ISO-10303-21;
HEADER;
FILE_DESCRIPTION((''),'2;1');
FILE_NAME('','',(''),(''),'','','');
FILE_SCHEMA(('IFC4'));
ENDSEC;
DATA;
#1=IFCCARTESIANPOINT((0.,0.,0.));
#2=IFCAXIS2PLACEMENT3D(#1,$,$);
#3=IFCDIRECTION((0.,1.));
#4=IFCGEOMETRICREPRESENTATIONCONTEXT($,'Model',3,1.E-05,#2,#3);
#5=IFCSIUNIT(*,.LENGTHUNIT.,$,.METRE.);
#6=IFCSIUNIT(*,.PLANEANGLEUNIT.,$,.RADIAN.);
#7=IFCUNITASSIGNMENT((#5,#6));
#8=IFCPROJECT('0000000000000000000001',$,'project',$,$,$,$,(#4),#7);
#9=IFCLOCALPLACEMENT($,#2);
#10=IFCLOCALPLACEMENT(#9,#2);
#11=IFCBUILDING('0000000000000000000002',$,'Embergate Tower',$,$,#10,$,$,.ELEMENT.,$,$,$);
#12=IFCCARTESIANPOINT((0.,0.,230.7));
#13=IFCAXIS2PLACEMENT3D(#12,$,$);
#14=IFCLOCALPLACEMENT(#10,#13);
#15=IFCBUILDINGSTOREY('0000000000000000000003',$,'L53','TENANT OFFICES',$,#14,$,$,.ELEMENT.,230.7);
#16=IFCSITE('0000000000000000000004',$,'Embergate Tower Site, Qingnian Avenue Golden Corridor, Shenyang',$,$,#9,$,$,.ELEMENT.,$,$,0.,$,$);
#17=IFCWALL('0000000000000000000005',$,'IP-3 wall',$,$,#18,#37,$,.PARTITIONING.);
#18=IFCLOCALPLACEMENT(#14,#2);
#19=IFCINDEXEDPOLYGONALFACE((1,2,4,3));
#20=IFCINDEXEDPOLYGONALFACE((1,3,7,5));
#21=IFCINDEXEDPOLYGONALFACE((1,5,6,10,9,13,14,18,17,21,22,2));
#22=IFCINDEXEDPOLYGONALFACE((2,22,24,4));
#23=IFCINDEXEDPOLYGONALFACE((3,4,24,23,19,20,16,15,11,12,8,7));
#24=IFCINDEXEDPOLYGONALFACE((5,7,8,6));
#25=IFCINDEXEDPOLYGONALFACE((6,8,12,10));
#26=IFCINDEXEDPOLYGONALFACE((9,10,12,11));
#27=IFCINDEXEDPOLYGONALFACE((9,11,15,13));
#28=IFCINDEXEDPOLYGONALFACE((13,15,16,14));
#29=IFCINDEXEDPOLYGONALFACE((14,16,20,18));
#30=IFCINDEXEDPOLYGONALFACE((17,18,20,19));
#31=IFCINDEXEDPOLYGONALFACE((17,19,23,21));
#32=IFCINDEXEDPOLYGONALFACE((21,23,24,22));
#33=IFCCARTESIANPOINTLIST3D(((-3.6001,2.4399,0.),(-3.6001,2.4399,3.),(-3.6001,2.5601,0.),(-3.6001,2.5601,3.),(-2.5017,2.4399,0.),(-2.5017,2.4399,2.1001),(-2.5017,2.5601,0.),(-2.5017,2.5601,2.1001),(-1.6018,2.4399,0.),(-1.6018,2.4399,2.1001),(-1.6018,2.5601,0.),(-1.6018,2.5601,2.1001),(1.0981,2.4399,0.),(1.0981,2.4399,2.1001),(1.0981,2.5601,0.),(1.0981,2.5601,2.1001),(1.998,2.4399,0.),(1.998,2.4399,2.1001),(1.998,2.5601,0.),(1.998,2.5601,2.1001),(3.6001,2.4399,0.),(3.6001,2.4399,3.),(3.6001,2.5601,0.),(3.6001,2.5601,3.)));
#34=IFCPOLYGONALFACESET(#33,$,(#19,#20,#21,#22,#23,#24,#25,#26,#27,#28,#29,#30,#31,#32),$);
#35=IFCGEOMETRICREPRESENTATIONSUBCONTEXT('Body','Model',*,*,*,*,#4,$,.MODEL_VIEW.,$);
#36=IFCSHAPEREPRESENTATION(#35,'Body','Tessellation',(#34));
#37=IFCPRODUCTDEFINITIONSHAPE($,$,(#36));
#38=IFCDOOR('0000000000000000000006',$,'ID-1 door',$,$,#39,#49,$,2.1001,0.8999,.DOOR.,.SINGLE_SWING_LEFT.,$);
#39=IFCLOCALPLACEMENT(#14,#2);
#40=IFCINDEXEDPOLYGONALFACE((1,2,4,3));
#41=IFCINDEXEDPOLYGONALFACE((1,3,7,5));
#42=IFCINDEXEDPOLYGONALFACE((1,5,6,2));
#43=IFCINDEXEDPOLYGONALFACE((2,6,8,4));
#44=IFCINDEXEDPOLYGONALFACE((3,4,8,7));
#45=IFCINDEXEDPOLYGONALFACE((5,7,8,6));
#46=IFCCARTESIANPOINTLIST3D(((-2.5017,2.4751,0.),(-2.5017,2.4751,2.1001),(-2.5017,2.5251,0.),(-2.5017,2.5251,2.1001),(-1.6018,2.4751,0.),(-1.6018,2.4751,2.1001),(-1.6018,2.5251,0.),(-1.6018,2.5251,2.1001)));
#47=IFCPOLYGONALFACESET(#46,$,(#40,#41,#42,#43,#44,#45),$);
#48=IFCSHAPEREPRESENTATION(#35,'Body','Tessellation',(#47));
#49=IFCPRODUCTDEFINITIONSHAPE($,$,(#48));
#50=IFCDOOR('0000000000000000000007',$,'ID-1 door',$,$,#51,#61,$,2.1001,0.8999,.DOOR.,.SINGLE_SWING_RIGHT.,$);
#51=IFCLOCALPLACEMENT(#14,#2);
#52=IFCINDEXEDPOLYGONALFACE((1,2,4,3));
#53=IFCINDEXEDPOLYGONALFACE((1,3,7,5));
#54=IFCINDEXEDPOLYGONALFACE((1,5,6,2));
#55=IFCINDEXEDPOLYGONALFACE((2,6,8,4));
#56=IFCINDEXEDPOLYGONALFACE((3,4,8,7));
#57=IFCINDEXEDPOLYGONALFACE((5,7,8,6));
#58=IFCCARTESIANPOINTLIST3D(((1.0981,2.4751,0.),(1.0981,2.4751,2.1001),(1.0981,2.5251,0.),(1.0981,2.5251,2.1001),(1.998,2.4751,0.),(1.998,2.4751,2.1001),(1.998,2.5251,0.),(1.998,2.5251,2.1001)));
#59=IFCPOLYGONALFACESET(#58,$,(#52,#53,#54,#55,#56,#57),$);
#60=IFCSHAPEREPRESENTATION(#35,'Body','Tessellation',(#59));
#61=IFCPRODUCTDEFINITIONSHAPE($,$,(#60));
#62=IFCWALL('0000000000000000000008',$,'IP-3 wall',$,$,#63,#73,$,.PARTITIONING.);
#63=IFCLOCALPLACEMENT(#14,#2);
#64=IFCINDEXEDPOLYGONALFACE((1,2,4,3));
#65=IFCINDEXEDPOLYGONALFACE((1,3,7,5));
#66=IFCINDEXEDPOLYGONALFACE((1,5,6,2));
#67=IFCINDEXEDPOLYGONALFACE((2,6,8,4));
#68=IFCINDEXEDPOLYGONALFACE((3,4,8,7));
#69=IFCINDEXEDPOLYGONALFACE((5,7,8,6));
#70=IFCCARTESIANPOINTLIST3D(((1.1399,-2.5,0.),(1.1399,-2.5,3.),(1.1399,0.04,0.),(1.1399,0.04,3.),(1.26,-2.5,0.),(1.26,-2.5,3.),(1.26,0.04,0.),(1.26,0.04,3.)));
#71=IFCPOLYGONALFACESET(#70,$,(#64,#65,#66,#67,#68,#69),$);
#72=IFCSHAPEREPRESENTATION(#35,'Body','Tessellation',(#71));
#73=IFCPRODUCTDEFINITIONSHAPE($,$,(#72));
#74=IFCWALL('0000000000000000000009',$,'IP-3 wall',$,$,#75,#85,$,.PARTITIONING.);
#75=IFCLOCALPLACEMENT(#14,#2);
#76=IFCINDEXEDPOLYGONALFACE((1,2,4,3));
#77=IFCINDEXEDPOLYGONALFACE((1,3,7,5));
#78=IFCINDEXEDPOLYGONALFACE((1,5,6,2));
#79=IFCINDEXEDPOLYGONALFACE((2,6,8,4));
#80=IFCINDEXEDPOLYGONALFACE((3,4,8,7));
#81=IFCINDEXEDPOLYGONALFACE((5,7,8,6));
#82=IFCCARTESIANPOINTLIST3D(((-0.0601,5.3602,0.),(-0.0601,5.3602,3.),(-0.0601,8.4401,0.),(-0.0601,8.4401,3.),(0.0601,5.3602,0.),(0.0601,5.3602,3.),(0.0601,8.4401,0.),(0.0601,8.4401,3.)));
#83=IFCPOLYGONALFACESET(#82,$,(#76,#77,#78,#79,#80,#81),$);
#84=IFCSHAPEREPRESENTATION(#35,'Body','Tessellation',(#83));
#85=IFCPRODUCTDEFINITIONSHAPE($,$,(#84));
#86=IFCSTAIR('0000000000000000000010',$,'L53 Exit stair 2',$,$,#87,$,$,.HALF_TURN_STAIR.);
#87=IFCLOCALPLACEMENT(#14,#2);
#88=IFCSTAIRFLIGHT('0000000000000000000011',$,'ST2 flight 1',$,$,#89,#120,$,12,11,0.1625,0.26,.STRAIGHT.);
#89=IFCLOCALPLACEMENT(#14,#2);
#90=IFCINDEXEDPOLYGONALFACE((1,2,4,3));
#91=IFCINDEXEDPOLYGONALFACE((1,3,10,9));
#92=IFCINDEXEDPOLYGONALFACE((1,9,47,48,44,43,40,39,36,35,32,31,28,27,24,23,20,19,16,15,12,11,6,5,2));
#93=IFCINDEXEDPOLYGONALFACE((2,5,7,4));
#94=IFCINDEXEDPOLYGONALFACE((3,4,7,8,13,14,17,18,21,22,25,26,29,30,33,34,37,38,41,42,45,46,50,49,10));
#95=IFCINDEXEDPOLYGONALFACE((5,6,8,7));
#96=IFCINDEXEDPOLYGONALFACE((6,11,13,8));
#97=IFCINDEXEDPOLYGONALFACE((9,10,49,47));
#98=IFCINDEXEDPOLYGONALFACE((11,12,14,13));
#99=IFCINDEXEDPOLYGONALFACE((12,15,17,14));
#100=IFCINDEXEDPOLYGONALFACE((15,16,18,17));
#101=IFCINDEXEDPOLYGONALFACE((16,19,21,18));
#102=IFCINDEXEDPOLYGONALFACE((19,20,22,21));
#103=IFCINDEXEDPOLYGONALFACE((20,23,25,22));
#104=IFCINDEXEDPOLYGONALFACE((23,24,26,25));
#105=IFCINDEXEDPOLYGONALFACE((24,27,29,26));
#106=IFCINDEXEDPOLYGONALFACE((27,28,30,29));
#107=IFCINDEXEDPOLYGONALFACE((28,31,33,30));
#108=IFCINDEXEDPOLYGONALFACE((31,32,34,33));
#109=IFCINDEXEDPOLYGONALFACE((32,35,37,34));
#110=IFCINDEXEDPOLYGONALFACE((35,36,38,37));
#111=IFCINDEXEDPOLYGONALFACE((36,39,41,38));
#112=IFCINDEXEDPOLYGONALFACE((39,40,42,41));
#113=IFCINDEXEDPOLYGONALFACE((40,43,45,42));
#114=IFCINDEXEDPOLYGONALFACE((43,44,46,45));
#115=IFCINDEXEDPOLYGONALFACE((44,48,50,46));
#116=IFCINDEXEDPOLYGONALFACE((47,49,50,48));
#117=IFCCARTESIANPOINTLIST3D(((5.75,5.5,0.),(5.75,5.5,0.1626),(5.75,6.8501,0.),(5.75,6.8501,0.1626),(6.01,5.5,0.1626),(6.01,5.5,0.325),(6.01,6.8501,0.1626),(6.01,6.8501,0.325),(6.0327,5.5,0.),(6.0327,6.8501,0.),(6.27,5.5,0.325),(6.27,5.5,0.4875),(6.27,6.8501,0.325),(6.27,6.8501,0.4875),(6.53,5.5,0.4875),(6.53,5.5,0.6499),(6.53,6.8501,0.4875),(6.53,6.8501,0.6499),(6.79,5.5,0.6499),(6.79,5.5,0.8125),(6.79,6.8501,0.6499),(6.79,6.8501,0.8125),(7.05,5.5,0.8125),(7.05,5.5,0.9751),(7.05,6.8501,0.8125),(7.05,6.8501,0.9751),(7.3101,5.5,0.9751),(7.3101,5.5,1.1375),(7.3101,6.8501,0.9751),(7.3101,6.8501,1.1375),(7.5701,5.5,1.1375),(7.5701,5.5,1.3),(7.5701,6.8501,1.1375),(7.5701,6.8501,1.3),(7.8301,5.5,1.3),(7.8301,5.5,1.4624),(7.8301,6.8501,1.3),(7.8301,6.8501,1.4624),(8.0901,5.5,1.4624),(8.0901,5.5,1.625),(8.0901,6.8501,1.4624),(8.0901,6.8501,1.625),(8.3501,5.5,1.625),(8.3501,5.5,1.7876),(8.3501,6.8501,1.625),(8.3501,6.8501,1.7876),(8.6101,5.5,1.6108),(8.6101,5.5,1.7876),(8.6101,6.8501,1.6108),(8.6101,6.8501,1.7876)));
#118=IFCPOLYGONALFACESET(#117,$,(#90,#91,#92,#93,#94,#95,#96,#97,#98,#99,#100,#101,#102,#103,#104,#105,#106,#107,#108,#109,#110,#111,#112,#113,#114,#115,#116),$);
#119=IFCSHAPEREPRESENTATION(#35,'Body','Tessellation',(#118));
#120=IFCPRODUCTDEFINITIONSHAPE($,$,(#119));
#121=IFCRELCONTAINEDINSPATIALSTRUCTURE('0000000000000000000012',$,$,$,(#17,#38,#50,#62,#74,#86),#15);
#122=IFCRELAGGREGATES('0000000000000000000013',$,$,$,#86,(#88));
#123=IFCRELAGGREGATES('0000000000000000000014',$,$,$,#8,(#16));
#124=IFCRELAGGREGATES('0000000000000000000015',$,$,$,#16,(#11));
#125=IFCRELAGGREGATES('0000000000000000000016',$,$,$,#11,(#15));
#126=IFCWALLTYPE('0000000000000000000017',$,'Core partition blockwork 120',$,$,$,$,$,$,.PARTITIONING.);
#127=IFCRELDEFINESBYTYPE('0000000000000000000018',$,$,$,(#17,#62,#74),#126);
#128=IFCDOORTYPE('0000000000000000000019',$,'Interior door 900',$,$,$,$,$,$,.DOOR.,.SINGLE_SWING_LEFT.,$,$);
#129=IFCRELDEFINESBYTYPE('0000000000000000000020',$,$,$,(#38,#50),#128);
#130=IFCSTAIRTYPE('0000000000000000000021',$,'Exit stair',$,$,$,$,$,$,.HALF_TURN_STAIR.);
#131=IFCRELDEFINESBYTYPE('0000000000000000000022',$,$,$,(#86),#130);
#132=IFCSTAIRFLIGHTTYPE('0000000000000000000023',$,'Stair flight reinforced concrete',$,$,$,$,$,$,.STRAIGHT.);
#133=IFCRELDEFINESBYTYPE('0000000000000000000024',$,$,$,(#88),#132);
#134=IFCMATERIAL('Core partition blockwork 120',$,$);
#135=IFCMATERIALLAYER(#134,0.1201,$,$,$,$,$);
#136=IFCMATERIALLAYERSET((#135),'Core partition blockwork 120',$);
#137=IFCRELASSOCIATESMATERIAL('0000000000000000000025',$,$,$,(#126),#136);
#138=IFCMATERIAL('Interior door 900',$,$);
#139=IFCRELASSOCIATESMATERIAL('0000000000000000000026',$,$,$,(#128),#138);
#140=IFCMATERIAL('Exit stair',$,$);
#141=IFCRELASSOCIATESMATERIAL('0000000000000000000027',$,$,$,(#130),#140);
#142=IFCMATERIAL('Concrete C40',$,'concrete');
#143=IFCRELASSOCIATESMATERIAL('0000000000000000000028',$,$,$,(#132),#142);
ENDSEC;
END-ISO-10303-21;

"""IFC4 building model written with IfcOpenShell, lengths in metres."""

from ifc_helpers import new_model, si_unit, direction, frame, frame_2d, origin, place, context, subcontext, project, spatial, polyline, rectangle, outline, extrude, source, transform, mapped, material, layer, layer_set, type_object, element, fill, aggregate, save


model = new_model("IFC4")

# Units and contexts
model_context = context("Model", 3, precision=1e-05, world=origin(), true_north=direction((0.0, 1.0)))
body_context = subcontext(model_context, "Body", "Model", "MODEL_VIEW")
ifc_project = project(units=[si_unit("LENGTHUNIT", "METRE"), si_unit("PLANEANGLEUNIT", "RADIAN")], contexts=[model_context])

# Site, building, storey
site_placement = place(None, origin())
site = spatial("IfcSite", under=ifc_project, at=site_placement, Name="Embergate Tower Site, Qingnian Avenue Golden Corridor, Shenyang", CompositionType="ELEMENT", RefElevation=0.0)
building_placement = place(site_placement, origin())
building = spatial("IfcBuilding", under=site, at=building_placement, Name="Embergate Tower", CompositionType="ELEMENT")
storey_placement = place(building_placement, frame((0.0, 0.0, 230.7)))
storey = spatial("IfcBuildingStorey", under=building, at=storey_placement, Name="L53", Description="TENANT OFFICES", CompositionType="ELEMENT", Elevation=230.7)

# Shared definitions
ifc_material_1 = material(Name="Core partition blockwork 120")
ifc_layer_1 = layer(ifc_material_1, 0.1201)
ifc_layer_set_1 = layer_set([ifc_layer_1], Name="Core partition blockwork 120")
wall_type_1 = type_object("IfcWallType", Name="Core partition blockwork 120", PredefinedType="PARTITIONING", material=ifc_layer_set_1)

# Wall, openings, doors
shared_shape_1 = source(origin(), body_context, "Body", "SweptSolid", [
    extrude(rectangle(XDim=7.2002, YDim=0.1201, at=frame_2d((3.6001, 0.0))), origin(), (0.0, 0.0, 1.0), 3.0),
])
wall_1_placement = place(storey_placement, frame((3.6001, 2.5, 0.0), z_axis=(0.0, 0.0, 1.0), x_axis=(-1.0, 0.0, 0.0)))
wall_1 = element("IfcWall", 1, at=wall_1_placement, inside=storey, type_object=wall_type_1, Name="IP-3 wall", PredefinedType="PARTITIONING", context=body_context, shape_type="MappedRepresentation", body=[
    mapped(shared_shape_1, transform((0.0, 0.0, 0.0))),
])
shared_shape_2 = source(origin(), body_context, "Body", "SweptSolid", [
    extrude(rectangle(XDim=0.8999, YDim=2.1001, at=frame_2d((0.45, 1.05))), frame((0.0, 0.0701, 0.0), z_axis=(0.0, -1.0, 0.0), x_axis=(1.0, 0.0, 0.0)), (0.0, 0.0, 1.0), 0.1401),
])
opening_1_placement = place(wall_1_placement, frame((5.2019, 0.0, 0.0)))
opening_1 = element("IfcOpeningElement", 2, at=opening_1_placement, cuts=wall_1, PredefinedType="OPENING", context=body_context, shape_type="MappedRepresentation", body=[
    mapped(shared_shape_2, transform((0.0, 0.0, 0.0))),
])
opening_2_placement = place(wall_1_placement, frame((1.6021, 0.0, 0.0)))
opening_2 = element("IfcOpeningElement", 3, at=opening_2_placement, cuts=wall_1, PredefinedType="OPENING", context=body_context, shape_type="MappedRepresentation", body=[
    mapped(shared_shape_2, transform((0.0, 0.0, 0.0))),
])
ifc_material_2 = material(Name="Interior door 900")
door_type_1 = type_object("IfcDoorType", Name="Interior door 900", OperationType="SINGLE_SWING_LEFT", PredefinedType="DOOR", material=ifc_material_2)
shared_shape_3 = source(origin(), body_context, "Body", "SweptSolid", [
    extrude(rectangle(XDim=0.8999, YDim=2.1001, at=frame_2d((0.45, 1.05))), frame((0.0, 0.0249, 0.0), z_axis=(0.0, -1.0, 0.0), x_axis=(1.0, 0.0, 0.0)), (0.0, 0.0, 1.0), 0.05),
])
door_1_placement = place(opening_1_placement, origin())
door_1 = element("IfcDoor", 4, at=door_1_placement, inside=storey, type_object=door_type_1, Name="ID-1 door", OperationType="SINGLE_SWING_LEFT", OverallHeight=2.1001, OverallWidth=0.8999, PredefinedType="DOOR", context=body_context, shape_type="MappedRepresentation", body=[
    mapped(shared_shape_3, transform((0.0, 0.0, 0.0))),
])
fill(opening_1, door_1)
door_2_placement = place(opening_2_placement, origin())
door_2 = element("IfcDoor", 5, at=door_2_placement, inside=storey, type_object=door_type_1, Name="ID-1 door", OperationType="SINGLE_SWING_RIGHT", OverallHeight=2.1001, OverallWidth=0.8999, PredefinedType="DOOR", context=body_context, shape_type="MappedRepresentation", body=[
    mapped(shared_shape_3, transform((0.0, 0.0, 0.0))),
])
fill(opening_2, door_2)

# Walls
shared_shape_4 = source(origin(), body_context, "Body", "SweptSolid", [
    extrude(rectangle(XDim=2.54, YDim=0.1201, at=frame_2d((1.27, 0.0))), origin(), (0.0, 0.0, 1.0), 3.0),
])
wall_2_placement = place(storey_placement, frame((1.2, 0.04, 0.0), z_axis=(0.0, 0.0, 1.0), x_axis=(0.0, -1.0, 0.0)))
element("IfcWall", 6, at=wall_2_placement, inside=storey, type_object=wall_type_1, Name="IP-3 wall", PredefinedType="PARTITIONING", context=body_context, shape_type="MappedRepresentation", body=[
    mapped(shared_shape_4, transform((0.0, 0.0, 0.0))),
])
shared_shape_5 = source(origin(), body_context, "Body", "SweptSolid", [
    extrude(rectangle(XDim=3.0798, YDim=0.1201, at=frame_2d((1.54, 0.0))), origin(), (0.0, 0.0, 1.0), 3.0),
])
wall_3_placement = place(storey_placement, frame((0.0, 5.3601, 0.0), z_axis=(0.0, 0.0, 1.0), x_axis=(0.0, 1.0, 0.0)))
element("IfcWall", 7, at=wall_3_placement, inside=storey, type_object=wall_type_1, Name="IP-3 wall", PredefinedType="PARTITIONING", context=body_context, shape_type="MappedRepresentation", body=[
    mapped(shared_shape_5, transform((0.0, 0.0, 0.0))),
])

# Stair, stair flight
ifc_material_3 = material(Name="Exit stair")
stair_type = type_object("IfcStairType", Name="Exit stair", PredefinedType="HALF_TURN_STAIR", material=ifc_material_3)
stair_placement = place(storey_placement, origin())
stair = element("IfcStair", 8, at=stair_placement, inside=storey, type_object=stair_type, Name="L53 Exit stair 2", PredefinedType="HALF_TURN_STAIR")
ifc_material_4 = material(Name="Concrete C40", Category="concrete")
stair_flight_type = type_object("IfcStairFlightType", Name="Stair flight reinforced concrete", PredefinedType="STRAIGHT", material=ifc_material_4)
shared_shape_6 = source(origin(), body_context, "Body", "SweptSolid", [
    extrude(outline(polyline([(0.0, 0.0), (0.0, 0.1626), (0.26, 0.1626), (0.26, 0.325), (0.52, 0.325), (0.52, 0.4875), (0.78, 0.4875), (0.78, 0.6499), (1.04, 0.6499), (1.04, 0.8125), (1.3, 0.8125), (1.3, 0.9751), (1.5601, 0.9751), (1.5601, 1.1375), (1.8201, 1.1375), (1.8201, 1.3), (2.0801, 1.3), (2.0801, 1.4624), (2.3401, 1.4624), (2.3401, 1.625), (2.6001, 1.625), (2.6001, 1.7876), (2.8601, 1.7876), (2.8601, 1.95), (2.8601, 1.6108), (0.2827, 0.0), (0.0, 0.0)])), frame((0.0, 0.675, 0.0), z_axis=(0.0, -1.0, 0.0), x_axis=(1.0, 0.0, 0.0)), (0.0, 0.0, 1.0), 1.3501),
])
stair_flight_placement = place(storey_placement, frame((5.75, 6.175, 0.0), z_axis=(0.0, 0.0, 1.0), x_axis=(1.0, 0.0, 0.0)))
stair_flight = element("IfcStairFlight", 9, at=stair_flight_placement, type_object=stair_flight_type, Name="ST2 flight 1", NumberOfRisers=12, NumberOfTreads=11, PredefinedType="STRAIGHT", RiserHeight=0.1625, TreadLength=0.26, context=body_context, shape_type="MappedRepresentation", body=[
    mapped(shared_shape_6, transform((0.0, 0.0, 0.0))),
])
aggregate(stair, [stair_flight])

save(model, "model.ifc")
